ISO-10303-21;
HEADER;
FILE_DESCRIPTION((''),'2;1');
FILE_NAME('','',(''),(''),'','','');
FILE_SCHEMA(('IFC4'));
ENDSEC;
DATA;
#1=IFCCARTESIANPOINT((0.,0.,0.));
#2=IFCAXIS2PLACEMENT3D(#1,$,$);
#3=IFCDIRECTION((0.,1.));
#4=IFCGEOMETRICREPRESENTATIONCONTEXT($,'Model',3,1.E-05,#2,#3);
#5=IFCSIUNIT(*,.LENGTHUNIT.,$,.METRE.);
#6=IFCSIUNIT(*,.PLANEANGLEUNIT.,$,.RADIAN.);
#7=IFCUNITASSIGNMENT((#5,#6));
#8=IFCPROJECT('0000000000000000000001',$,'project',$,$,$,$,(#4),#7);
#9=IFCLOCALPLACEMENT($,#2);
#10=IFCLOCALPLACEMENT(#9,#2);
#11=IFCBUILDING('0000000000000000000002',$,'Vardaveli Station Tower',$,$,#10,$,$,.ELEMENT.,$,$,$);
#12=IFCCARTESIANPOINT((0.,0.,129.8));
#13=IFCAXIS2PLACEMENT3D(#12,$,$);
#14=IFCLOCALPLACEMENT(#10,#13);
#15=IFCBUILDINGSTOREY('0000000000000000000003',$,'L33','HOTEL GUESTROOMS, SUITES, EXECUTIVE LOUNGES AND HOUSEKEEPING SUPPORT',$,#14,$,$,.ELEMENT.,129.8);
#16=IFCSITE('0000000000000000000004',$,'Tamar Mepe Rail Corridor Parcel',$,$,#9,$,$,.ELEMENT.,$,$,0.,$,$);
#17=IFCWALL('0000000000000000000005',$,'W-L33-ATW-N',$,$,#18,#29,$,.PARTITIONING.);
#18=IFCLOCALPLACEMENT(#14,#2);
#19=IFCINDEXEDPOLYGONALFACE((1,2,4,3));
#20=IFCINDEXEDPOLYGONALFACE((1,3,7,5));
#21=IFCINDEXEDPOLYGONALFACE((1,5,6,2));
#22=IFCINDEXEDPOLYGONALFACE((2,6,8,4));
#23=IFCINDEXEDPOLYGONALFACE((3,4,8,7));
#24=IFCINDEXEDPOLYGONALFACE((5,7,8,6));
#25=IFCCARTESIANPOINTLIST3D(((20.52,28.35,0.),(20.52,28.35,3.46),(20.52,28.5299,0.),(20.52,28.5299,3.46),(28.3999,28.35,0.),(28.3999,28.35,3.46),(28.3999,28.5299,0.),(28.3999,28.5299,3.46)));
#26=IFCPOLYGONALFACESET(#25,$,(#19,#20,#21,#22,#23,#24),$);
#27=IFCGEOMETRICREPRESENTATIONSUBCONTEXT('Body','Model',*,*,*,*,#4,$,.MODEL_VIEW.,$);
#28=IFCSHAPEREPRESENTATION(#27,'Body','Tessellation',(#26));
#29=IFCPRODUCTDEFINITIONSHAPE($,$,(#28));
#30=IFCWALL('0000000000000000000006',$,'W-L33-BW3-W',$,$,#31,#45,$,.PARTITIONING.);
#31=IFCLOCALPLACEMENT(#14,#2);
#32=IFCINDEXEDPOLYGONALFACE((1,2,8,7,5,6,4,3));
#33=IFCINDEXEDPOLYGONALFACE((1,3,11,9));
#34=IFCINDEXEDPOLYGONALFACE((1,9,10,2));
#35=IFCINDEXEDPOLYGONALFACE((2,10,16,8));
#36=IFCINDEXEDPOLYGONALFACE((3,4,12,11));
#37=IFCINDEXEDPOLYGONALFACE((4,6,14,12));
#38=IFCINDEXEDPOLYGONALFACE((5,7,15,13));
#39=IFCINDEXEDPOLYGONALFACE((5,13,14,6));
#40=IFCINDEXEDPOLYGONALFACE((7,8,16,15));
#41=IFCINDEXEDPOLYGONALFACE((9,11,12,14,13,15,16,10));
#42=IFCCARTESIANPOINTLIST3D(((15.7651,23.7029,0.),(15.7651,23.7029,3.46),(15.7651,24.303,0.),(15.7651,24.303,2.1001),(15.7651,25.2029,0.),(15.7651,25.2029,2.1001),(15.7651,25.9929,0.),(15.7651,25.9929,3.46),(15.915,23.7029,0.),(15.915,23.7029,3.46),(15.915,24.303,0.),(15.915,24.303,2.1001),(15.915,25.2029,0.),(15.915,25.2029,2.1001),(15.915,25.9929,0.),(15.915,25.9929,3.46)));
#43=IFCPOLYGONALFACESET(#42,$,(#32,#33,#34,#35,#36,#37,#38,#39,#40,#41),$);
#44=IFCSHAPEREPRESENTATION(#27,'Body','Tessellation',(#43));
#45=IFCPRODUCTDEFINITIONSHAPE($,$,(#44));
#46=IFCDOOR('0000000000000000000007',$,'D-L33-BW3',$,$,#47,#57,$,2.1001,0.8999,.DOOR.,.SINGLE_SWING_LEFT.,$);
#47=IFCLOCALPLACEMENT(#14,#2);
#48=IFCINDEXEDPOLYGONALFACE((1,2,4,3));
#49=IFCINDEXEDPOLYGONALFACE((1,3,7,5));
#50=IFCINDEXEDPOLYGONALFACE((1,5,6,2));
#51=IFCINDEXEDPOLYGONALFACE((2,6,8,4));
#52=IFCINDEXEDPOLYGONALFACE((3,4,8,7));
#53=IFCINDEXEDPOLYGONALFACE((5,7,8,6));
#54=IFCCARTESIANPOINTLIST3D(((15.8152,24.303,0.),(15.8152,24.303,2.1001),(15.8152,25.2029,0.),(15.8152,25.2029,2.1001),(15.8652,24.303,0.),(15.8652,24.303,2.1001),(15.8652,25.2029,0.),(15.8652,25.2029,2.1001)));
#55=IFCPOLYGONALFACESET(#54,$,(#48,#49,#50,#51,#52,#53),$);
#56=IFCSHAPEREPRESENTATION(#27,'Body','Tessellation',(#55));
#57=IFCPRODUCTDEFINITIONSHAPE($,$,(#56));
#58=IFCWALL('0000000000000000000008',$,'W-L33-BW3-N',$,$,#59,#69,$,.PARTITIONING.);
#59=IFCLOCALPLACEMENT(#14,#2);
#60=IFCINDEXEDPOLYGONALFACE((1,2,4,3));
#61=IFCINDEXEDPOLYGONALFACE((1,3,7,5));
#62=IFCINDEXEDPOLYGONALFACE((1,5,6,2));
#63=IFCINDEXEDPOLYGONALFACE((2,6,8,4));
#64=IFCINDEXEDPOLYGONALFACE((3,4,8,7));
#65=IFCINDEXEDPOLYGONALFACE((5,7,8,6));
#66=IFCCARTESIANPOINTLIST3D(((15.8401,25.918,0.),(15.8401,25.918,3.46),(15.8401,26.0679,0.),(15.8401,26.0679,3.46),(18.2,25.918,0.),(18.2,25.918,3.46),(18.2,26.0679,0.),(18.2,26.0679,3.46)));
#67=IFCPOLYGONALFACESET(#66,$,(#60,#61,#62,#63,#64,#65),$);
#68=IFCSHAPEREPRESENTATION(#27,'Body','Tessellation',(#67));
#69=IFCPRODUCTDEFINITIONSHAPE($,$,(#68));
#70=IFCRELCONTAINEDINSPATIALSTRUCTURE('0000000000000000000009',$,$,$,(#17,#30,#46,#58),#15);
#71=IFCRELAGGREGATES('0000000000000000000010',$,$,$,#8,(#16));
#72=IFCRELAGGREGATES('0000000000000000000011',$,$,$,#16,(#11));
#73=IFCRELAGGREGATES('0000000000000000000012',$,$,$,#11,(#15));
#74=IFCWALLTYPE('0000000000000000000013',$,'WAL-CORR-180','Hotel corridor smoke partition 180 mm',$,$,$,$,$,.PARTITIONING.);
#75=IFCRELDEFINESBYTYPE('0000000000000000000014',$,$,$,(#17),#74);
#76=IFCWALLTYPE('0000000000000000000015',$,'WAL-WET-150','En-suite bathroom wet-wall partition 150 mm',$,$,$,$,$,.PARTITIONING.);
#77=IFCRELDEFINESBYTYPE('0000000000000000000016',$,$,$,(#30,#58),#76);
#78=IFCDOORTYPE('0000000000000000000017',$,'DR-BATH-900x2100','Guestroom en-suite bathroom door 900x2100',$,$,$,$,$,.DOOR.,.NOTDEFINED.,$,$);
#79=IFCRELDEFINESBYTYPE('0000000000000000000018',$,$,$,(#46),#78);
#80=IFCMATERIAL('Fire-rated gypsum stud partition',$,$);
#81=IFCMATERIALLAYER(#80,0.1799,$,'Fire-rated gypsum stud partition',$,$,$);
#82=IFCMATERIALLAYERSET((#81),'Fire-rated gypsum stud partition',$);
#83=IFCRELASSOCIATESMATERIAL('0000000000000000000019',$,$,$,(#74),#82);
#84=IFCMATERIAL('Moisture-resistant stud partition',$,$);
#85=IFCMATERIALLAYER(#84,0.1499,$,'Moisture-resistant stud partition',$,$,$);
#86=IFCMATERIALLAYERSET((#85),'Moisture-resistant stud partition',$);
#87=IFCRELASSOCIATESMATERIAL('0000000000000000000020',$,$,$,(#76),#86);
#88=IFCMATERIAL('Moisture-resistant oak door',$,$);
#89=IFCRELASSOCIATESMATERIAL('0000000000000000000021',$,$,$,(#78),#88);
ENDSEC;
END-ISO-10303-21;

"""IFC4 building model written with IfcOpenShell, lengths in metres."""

from ifc_helpers import new_model, si_unit, direction, frame, frame_2d, origin, place, context, subcontext, project, spatial, rectangle, extrude, source, transform, mapped, material, layer, layer_set, type_object, element, fill, save


model = new_model("IFC4")

# Units and contexts
model_context = context("Model", 3, precision=1e-05, world=origin(), true_north=direction((0.0, 1.0)))
body_context = subcontext(model_context, "Body", "Model", "MODEL_VIEW")
ifc_project = project(units=[si_unit("LENGTHUNIT", "METRE"), si_unit("PLANEANGLEUNIT", "RADIAN")], contexts=[model_context])

# Site, building, storey
site_placement = place(None, origin())
site = spatial("IfcSite", under=ifc_project, at=site_placement, Name="Tamar Mepe Rail Corridor Parcel", CompositionType="ELEMENT", RefElevation=0.0)
building_placement = place(site_placement, origin())
building = spatial("IfcBuilding", under=site, at=building_placement, Name="Vardaveli Station Tower", CompositionType="ELEMENT")
storey_placement = place(building_placement, frame((0.0, 0.0, 129.8)))
storey = spatial("IfcBuildingStorey", under=building, at=storey_placement, Name="L33", Description="HOTEL GUESTROOMS, SUITES, EXECUTIVE LOUNGES AND HOUSEKEEPING SUPPORT", CompositionType="ELEMENT", Elevation=129.8)

# Wall
ifc_material_1 = material(Name="Fire-rated gypsum stud partition")
ifc_layer_1 = layer(ifc_material_1, 0.1799, Name="Fire-rated gypsum stud partition")
ifc_layer_set_1 = layer_set([ifc_layer_1], Name="Fire-rated gypsum stud partition")
wall_type_1 = type_object("IfcWallType", Name="WAL-CORR-180", Description="Hotel corridor smoke partition 180 mm", PredefinedType="PARTITIONING", material=ifc_layer_set_1)
shared_shape_1 = source(origin(), body_context, "Body", "SweptSolid", [
    extrude(rectangle(XDim=7.8799, YDim=0.1799, at=frame_2d((3.9399, 0.0))), origin(), (0.0, 0.0, 1.0), 3.46),
])
wall_1_placement = place(storey_placement, frame((20.52, 28.4399, 0.0), z_axis=(0.0, 0.0, 1.0), x_axis=(1.0, 0.0, 0.0)))
element("IfcWall", 1, at=wall_1_placement, inside=storey, type_object=wall_type_1, Name="W-L33-ATW-N", PredefinedType="PARTITIONING", context=body_context, shape_type="MappedRepresentation", body=[
    mapped(shared_shape_1, transform((0.0, 0.0, 0.0), scale=1.0)),
])

# Wall, opening, door
ifc_material_2 = material(Name="Moisture-resistant stud partition")
ifc_layer_2 = layer(ifc_material_2, 0.1499, Name="Moisture-resistant stud partition")
ifc_layer_set_2 = layer_set([ifc_layer_2], Name="Moisture-resistant stud partition")
wall_type_2 = type_object("IfcWallType", Name="WAL-WET-150", Description="En-suite bathroom wet-wall partition 150 mm", PredefinedType="PARTITIONING", material=ifc_layer_set_2)
shared_shape_2 = source(origin(), body_context, "Body", "SweptSolid", [
    extrude(rectangle(XDim=2.29, YDim=0.1499, at=frame_2d((1.145, 0.0))), origin(), (0.0, 0.0, 1.0), 3.46),
])
wall_2_placement = place(storey_placement, frame((15.8401, 23.7029, 0.0), z_axis=(0.0, 0.0, 1.0), x_axis=(0.0, 1.0, 0.0)))
wall_2 = element("IfcWall", 2, at=wall_2_placement, inside=storey, type_object=wall_type_2, Name="W-L33-BW3-W", PredefinedType="PARTITIONING", context=body_context, shape_type="MappedRepresentation", body=[
    mapped(shared_shape_2, transform((0.0, 0.0, 0.0), scale=1.0)),
])
shared_shape_3 = source(origin(), body_context, "Body", "SweptSolid", [
    extrude(rectangle(XDim=0.8999, YDim=2.1001, at=frame_2d((0.45, 1.05))), frame((0.0, 0.085, 0.0), z_axis=(0.0, -1.0, 0.0), x_axis=(1.0, 0.0, 0.0)), (0.0, 0.0, 1.0), 0.1699),
])
opening_1_placement = place(wall_2_placement, frame((0.6001, 0.0, 0.0)))
opening_1 = element("IfcOpeningElement", 3, at=opening_1_placement, cuts=wall_2, PredefinedType="OPENING", context=body_context, shape_type="MappedRepresentation", body=[
    mapped(shared_shape_3, transform((0.0, 0.0, 0.0), scale=1.0)),
])
ifc_material_3 = material(Name="Moisture-resistant oak door")
door_type_1 = type_object("IfcDoorType", Name="DR-BATH-900x2100", Description="Guestroom en-suite bathroom door 900x2100", OperationType="NOTDEFINED", PredefinedType="DOOR", material=ifc_material_3)
shared_shape_4 = source(origin(), body_context, "Body", "SweptSolid", [
    extrude(rectangle(XDim=0.8999, YDim=2.1001, at=frame_2d((0.45, 1.05))), frame((0.0, 0.0249, 0.0), z_axis=(0.0, -1.0, 0.0), x_axis=(1.0, 0.0, 0.0)), (0.0, 0.0, 1.0), 0.05),
])
door_1_placement = place(opening_1_placement, origin())
door_1 = element("IfcDoor", 4, at=door_1_placement, inside=storey, type_object=door_type_1, Name="D-L33-BW3", OperationType="SINGLE_SWING_LEFT", OverallHeight=2.1001, OverallWidth=0.8999, PredefinedType="DOOR", context=body_context, shape_type="MappedRepresentation", body=[
    mapped(shared_shape_4, transform((0.0, 0.0, 0.0), scale=1.0)),
])
fill(opening_1, door_1)

# Wall
shared_shape_5 = source(origin(), body_context, "Body", "SweptSolid", [
    extrude(rectangle(XDim=2.3599, YDim=0.1499, at=frame_2d((1.1799, 0.0))), origin(), (0.0, 0.0, 1.0), 3.46),
])
wall_3_placement = place(storey_placement, frame((15.8401, 25.9929, 0.0), z_axis=(0.0, 0.0, 1.0), x_axis=(1.0, 0.0, 0.0)))
element("IfcWall", 5, at=wall_3_placement, inside=storey, type_object=wall_type_2, Name="W-L33-BW3-N", PredefinedType="PARTITIONING", context=body_context, shape_type="MappedRepresentation", body=[
    mapped(shared_shape_5, transform((0.0, 0.0, 0.0), scale=1.0)),
])

save(model, "model.ifc")
